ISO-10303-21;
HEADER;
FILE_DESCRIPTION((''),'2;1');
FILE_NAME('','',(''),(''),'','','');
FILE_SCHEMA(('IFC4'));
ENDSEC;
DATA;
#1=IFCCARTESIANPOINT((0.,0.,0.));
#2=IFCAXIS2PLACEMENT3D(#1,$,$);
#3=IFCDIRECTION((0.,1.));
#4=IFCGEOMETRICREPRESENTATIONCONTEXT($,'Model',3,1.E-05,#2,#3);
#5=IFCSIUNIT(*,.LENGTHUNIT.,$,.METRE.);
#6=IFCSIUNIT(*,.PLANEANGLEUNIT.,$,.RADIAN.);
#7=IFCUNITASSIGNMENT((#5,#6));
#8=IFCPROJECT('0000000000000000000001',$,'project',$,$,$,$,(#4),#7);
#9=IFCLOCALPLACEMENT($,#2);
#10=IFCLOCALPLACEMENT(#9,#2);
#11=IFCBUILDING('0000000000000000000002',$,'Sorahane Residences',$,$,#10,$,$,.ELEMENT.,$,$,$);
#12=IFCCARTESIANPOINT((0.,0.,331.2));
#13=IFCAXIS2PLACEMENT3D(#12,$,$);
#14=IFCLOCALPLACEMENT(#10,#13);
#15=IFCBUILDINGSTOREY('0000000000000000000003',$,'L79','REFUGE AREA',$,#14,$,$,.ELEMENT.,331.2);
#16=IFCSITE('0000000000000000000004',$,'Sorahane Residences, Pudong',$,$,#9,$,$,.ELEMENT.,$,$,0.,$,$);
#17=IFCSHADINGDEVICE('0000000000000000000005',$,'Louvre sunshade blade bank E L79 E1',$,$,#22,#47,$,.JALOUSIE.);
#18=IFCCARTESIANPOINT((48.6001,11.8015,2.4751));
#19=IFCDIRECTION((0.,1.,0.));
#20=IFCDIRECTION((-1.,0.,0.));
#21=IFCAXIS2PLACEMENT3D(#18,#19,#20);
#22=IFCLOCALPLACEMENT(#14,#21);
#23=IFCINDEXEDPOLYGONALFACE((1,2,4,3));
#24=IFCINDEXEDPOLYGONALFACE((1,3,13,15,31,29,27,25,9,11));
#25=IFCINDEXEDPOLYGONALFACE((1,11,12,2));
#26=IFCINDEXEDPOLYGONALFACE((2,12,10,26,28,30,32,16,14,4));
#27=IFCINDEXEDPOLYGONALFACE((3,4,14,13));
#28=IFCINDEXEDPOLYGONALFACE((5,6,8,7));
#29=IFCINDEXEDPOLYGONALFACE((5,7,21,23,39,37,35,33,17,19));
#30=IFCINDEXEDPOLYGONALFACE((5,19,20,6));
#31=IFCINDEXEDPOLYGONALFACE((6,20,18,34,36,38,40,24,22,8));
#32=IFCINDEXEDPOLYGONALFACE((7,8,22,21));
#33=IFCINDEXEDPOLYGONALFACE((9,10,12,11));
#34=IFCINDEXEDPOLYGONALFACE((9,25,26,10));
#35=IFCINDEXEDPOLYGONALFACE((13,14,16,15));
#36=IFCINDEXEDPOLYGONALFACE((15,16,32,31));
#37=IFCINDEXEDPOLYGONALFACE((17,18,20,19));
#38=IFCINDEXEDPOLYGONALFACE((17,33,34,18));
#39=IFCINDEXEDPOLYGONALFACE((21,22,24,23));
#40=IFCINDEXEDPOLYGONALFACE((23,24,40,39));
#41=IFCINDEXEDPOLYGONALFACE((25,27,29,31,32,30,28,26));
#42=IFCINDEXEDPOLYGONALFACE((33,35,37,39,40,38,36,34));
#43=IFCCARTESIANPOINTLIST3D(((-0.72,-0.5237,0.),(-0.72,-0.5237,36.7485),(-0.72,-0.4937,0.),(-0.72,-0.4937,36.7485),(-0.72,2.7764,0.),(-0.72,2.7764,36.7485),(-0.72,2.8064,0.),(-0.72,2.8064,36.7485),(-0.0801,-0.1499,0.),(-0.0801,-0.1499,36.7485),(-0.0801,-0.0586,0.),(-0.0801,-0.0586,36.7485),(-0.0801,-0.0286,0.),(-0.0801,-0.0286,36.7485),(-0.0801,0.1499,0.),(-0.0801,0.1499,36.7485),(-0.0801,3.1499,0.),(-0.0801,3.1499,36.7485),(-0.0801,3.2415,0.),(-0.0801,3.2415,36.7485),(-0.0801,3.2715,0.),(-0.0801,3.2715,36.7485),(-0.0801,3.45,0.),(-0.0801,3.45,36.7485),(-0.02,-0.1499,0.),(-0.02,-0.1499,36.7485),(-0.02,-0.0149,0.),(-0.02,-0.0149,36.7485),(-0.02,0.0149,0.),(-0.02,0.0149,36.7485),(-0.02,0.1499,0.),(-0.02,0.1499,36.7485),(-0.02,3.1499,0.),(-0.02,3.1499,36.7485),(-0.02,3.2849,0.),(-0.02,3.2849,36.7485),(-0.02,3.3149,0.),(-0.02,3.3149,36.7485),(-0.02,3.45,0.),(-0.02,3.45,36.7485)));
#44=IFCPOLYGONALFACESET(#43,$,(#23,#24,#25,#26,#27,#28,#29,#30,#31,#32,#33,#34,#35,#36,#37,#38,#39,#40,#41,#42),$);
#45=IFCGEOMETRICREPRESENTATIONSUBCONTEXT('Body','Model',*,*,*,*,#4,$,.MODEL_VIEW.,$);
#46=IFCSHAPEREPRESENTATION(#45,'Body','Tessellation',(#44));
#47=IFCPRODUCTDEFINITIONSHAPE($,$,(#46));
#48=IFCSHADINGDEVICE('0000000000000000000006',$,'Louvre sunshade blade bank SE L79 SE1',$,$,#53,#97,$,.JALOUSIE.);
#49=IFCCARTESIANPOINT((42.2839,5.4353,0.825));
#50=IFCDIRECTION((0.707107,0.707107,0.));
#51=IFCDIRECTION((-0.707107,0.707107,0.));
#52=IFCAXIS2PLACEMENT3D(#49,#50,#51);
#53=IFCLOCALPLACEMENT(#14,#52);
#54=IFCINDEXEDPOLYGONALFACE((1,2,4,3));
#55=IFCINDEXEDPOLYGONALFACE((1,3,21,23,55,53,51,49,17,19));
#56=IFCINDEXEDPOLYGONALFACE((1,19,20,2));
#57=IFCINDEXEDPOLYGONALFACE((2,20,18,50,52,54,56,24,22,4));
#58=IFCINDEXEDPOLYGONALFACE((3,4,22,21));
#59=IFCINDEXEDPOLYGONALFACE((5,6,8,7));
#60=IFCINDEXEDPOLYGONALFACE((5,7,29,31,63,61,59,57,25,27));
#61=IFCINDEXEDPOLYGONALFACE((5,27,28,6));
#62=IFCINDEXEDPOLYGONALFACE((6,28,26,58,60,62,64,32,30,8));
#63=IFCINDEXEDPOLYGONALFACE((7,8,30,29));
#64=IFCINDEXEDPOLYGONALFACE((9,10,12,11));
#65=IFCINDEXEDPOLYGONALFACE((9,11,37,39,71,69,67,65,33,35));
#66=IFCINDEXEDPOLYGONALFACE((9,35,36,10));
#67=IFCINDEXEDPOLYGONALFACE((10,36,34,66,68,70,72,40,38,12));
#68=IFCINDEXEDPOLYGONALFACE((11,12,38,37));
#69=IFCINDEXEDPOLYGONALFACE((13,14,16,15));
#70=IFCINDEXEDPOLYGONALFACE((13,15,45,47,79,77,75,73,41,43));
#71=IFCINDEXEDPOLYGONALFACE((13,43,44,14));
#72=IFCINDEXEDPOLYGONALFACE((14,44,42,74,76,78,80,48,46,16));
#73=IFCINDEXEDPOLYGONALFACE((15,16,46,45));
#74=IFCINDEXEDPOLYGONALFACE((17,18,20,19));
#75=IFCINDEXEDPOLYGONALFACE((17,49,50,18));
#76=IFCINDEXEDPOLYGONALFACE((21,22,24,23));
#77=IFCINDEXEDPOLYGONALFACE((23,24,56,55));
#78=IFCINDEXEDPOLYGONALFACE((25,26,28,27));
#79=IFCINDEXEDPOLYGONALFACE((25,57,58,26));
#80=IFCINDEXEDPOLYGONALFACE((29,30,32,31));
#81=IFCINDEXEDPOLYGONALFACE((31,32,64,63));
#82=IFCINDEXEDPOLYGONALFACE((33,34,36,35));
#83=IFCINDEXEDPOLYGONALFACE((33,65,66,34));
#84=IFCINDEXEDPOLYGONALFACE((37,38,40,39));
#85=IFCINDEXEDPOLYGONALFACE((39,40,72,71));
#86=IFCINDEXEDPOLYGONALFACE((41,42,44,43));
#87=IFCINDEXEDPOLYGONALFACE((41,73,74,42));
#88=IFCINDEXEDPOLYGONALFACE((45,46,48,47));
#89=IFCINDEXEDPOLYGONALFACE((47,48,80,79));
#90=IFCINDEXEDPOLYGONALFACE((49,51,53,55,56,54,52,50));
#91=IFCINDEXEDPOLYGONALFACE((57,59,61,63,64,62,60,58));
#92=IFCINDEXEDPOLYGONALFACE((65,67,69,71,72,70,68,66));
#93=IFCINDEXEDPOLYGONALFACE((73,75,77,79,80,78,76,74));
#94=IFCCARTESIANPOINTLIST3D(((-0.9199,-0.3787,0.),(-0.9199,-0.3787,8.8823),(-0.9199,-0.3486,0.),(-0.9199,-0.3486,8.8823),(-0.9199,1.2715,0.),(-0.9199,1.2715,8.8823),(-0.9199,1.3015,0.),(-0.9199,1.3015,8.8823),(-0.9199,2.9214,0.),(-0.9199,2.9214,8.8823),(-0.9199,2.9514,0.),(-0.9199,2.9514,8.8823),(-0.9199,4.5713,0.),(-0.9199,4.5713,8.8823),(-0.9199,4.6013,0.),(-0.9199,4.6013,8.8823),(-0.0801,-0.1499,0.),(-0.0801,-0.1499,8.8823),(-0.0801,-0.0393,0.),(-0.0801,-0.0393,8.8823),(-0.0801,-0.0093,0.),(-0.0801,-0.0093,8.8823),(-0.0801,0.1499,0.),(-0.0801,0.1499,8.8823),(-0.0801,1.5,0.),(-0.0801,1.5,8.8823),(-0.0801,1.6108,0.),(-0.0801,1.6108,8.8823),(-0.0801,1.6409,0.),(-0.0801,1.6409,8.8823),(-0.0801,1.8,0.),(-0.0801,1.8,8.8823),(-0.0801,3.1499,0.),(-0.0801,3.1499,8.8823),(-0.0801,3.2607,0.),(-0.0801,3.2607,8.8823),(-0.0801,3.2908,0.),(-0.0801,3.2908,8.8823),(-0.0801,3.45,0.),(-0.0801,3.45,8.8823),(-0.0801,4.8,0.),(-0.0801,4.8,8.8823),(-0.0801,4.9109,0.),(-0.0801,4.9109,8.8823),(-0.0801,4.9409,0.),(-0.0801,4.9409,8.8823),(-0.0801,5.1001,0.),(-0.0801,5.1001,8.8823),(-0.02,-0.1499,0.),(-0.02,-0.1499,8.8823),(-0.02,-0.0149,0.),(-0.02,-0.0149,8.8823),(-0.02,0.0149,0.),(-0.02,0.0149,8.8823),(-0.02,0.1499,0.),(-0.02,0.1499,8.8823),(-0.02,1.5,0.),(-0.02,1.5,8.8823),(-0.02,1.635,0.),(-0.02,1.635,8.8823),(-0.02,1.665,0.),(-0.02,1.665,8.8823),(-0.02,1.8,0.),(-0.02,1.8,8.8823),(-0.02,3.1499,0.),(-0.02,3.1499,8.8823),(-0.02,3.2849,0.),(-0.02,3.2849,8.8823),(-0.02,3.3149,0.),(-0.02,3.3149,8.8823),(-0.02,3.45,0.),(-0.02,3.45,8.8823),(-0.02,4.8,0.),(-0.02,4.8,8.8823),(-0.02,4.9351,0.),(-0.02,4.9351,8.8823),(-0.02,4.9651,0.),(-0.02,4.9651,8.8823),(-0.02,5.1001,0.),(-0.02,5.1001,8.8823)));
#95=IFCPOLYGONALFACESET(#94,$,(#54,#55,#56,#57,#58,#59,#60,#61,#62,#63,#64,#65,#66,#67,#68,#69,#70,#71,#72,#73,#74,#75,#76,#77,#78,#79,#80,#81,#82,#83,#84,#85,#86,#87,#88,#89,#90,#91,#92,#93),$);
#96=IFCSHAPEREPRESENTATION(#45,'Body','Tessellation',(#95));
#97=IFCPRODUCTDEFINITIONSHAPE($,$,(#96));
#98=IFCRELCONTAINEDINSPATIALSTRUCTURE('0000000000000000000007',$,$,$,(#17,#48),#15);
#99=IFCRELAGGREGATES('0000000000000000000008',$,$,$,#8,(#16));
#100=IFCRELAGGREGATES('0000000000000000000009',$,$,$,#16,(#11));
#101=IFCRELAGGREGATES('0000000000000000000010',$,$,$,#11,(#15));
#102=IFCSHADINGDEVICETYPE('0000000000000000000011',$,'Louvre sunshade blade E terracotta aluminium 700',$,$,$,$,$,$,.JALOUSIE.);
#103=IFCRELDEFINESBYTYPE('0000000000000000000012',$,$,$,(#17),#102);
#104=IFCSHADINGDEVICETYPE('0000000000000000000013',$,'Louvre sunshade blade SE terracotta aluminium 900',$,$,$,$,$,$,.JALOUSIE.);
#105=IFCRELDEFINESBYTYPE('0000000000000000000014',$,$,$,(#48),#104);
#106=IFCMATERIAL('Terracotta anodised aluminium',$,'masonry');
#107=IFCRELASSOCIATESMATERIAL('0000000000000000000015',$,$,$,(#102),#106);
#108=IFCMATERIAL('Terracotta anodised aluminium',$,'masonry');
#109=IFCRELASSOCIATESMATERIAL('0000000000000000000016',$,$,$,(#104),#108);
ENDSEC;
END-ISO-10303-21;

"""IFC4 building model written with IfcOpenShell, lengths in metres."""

from ifc_helpers import new_model, si_unit, direction, frame, origin, place, context, subcontext, project, spatial, polyline, outline, composite_profile, extrude, material, type_object, element, save


model = new_model("IFC4")

# Units and contexts
model_context = context("Model", 3, precision=1e-05, world=origin(), true_north=direction((0.0, 1.0)))
body_context = subcontext(model_context, "Body", "Model", "MODEL_VIEW")
ifc_project = project(units=[si_unit("LENGTHUNIT", "METRE"), si_unit("PLANEANGLEUNIT", "RADIAN")], contexts=[model_context])

# Site, building, storey
site_placement = place(None, origin())
site = spatial("IfcSite", under=ifc_project, at=site_placement, Name="Sorahane Residences, Pudong", CompositionType="ELEMENT", RefElevation=0.0)
building_placement = place(site_placement, origin())
building = spatial("IfcBuilding", under=site, at=building_placement, Name="Sorahane Residences", CompositionType="ELEMENT")
storey_placement = place(building_placement, frame((0.0, 0.0, 331.2)))
storey = spatial("IfcBuildingStorey", under=building, at=storey_placement, Name="L79", Description="REFUGE AREA", CompositionType="ELEMENT", Elevation=331.2)

# Shading devices
ifc_material_1 = material(Name="Terracotta anodised aluminium", Category="masonry")
shading_device_type_1 = type_object("IfcShadingDeviceType", Name="Louvre sunshade blade E terracotta aluminium 700", PredefinedType="JALOUSIE", material=ifc_material_1)
shading_device_1_placement = place(storey_placement, frame((48.6001, 11.8015, 2.4751), z_axis=(0.0, 1.0, 0.0), x_axis=(-1.0, 0.0, 0.0)))
element("IfcShadingDevice", 1, at=shading_device_1_placement, inside=storey, type_object=shading_device_type_1, Name="Louvre sunshade blade bank E L79 E1", PredefinedType="JALOUSIE", context=body_context, shape_type="SweptSolid", body=[
    extrude(composite_profile([outline(polyline([(-0.72, -0.4937), (-0.72, -0.5237), (-0.0801, -0.0586), (-0.0801, -0.1499), (-0.02, -0.1499), (-0.02, -0.0149), (-0.02, 0.0149), (-0.02, 0.1499), (-0.0801, 0.1499), (-0.0801, -0.0286), (-0.72, -0.4937)])), outline(polyline([(-0.72, 2.8064), (-0.72, 2.7764), (-0.0801, 3.2415), (-0.0801, 3.1499), (-0.02, 3.1499), (-0.02, 3.2849), (-0.02, 3.3149), (-0.02, 3.45), (-0.0801, 3.45), (-0.0801, 3.2715), (-0.72, 2.8064)]))]), origin(), (0.0, 0.0, 1.0), 36.7485),
])
ifc_material_2 = material(Name="Terracotta anodised aluminium", Category="masonry")
shading_device_type_2 = type_object("IfcShadingDeviceType", Name="Louvre sunshade blade SE terracotta aluminium 900", PredefinedType="JALOUSIE", material=ifc_material_2)
shading_device_2_placement = place(storey_placement, frame((42.2839, 5.4353, 0.825), z_axis=(0.707107, 0.707107, 0.0), x_axis=(-0.707107, 0.707107, 0.0)))
element("IfcShadingDevice", 2, at=shading_device_2_placement, inside=storey, type_object=shading_device_type_2, Name="Louvre sunshade blade bank SE L79 SE1", PredefinedType="JALOUSIE", context=body_context, shape_type="SweptSolid", body=[
    extrude(composite_profile([outline(polyline([(-0.9199, -0.3486), (-0.9199, -0.3787), (-0.0801, -0.0393), (-0.0801, -0.1499), (-0.02, -0.1499), (-0.02, -0.0149), (-0.02, 0.0149), (-0.02, 0.1499), (-0.0801, 0.1499), (-0.0801, -0.0093), (-0.9199, -0.3486)])), outline(polyline([(-0.9199, 1.3015), (-0.9199, 1.2715), (-0.0801, 1.6108), (-0.0801, 1.5), (-0.02, 1.5), (-0.02, 1.635), (-0.02, 1.665), (-0.02, 1.8), (-0.0801, 1.8), (-0.0801, 1.6409), (-0.9199, 1.3015)])), outline(polyline([(-0.9199, 2.9514), (-0.9199, 2.9214), (-0.0801, 3.2607), (-0.0801, 3.1499), (-0.02, 3.1499), (-0.02, 3.2849), (-0.02, 3.3149), (-0.02, 3.45), (-0.0801, 3.45), (-0.0801, 3.2908), (-0.9199, 2.9514)])), outline(polyline([(-0.9199, 4.6013), (-0.9199, 4.5713), (-0.0801, 4.9109), (-0.0801, 4.8), (-0.02, 4.8), (-0.02, 4.9351), (-0.02, 4.9651), (-0.02, 5.1001), (-0.0801, 5.1001), (-0.0801, 4.9409), (-0.9199, 4.6013)]))]), origin(), (0.0, 0.0, 1.0), 8.8823),
])

save(model, "model.ifc")
